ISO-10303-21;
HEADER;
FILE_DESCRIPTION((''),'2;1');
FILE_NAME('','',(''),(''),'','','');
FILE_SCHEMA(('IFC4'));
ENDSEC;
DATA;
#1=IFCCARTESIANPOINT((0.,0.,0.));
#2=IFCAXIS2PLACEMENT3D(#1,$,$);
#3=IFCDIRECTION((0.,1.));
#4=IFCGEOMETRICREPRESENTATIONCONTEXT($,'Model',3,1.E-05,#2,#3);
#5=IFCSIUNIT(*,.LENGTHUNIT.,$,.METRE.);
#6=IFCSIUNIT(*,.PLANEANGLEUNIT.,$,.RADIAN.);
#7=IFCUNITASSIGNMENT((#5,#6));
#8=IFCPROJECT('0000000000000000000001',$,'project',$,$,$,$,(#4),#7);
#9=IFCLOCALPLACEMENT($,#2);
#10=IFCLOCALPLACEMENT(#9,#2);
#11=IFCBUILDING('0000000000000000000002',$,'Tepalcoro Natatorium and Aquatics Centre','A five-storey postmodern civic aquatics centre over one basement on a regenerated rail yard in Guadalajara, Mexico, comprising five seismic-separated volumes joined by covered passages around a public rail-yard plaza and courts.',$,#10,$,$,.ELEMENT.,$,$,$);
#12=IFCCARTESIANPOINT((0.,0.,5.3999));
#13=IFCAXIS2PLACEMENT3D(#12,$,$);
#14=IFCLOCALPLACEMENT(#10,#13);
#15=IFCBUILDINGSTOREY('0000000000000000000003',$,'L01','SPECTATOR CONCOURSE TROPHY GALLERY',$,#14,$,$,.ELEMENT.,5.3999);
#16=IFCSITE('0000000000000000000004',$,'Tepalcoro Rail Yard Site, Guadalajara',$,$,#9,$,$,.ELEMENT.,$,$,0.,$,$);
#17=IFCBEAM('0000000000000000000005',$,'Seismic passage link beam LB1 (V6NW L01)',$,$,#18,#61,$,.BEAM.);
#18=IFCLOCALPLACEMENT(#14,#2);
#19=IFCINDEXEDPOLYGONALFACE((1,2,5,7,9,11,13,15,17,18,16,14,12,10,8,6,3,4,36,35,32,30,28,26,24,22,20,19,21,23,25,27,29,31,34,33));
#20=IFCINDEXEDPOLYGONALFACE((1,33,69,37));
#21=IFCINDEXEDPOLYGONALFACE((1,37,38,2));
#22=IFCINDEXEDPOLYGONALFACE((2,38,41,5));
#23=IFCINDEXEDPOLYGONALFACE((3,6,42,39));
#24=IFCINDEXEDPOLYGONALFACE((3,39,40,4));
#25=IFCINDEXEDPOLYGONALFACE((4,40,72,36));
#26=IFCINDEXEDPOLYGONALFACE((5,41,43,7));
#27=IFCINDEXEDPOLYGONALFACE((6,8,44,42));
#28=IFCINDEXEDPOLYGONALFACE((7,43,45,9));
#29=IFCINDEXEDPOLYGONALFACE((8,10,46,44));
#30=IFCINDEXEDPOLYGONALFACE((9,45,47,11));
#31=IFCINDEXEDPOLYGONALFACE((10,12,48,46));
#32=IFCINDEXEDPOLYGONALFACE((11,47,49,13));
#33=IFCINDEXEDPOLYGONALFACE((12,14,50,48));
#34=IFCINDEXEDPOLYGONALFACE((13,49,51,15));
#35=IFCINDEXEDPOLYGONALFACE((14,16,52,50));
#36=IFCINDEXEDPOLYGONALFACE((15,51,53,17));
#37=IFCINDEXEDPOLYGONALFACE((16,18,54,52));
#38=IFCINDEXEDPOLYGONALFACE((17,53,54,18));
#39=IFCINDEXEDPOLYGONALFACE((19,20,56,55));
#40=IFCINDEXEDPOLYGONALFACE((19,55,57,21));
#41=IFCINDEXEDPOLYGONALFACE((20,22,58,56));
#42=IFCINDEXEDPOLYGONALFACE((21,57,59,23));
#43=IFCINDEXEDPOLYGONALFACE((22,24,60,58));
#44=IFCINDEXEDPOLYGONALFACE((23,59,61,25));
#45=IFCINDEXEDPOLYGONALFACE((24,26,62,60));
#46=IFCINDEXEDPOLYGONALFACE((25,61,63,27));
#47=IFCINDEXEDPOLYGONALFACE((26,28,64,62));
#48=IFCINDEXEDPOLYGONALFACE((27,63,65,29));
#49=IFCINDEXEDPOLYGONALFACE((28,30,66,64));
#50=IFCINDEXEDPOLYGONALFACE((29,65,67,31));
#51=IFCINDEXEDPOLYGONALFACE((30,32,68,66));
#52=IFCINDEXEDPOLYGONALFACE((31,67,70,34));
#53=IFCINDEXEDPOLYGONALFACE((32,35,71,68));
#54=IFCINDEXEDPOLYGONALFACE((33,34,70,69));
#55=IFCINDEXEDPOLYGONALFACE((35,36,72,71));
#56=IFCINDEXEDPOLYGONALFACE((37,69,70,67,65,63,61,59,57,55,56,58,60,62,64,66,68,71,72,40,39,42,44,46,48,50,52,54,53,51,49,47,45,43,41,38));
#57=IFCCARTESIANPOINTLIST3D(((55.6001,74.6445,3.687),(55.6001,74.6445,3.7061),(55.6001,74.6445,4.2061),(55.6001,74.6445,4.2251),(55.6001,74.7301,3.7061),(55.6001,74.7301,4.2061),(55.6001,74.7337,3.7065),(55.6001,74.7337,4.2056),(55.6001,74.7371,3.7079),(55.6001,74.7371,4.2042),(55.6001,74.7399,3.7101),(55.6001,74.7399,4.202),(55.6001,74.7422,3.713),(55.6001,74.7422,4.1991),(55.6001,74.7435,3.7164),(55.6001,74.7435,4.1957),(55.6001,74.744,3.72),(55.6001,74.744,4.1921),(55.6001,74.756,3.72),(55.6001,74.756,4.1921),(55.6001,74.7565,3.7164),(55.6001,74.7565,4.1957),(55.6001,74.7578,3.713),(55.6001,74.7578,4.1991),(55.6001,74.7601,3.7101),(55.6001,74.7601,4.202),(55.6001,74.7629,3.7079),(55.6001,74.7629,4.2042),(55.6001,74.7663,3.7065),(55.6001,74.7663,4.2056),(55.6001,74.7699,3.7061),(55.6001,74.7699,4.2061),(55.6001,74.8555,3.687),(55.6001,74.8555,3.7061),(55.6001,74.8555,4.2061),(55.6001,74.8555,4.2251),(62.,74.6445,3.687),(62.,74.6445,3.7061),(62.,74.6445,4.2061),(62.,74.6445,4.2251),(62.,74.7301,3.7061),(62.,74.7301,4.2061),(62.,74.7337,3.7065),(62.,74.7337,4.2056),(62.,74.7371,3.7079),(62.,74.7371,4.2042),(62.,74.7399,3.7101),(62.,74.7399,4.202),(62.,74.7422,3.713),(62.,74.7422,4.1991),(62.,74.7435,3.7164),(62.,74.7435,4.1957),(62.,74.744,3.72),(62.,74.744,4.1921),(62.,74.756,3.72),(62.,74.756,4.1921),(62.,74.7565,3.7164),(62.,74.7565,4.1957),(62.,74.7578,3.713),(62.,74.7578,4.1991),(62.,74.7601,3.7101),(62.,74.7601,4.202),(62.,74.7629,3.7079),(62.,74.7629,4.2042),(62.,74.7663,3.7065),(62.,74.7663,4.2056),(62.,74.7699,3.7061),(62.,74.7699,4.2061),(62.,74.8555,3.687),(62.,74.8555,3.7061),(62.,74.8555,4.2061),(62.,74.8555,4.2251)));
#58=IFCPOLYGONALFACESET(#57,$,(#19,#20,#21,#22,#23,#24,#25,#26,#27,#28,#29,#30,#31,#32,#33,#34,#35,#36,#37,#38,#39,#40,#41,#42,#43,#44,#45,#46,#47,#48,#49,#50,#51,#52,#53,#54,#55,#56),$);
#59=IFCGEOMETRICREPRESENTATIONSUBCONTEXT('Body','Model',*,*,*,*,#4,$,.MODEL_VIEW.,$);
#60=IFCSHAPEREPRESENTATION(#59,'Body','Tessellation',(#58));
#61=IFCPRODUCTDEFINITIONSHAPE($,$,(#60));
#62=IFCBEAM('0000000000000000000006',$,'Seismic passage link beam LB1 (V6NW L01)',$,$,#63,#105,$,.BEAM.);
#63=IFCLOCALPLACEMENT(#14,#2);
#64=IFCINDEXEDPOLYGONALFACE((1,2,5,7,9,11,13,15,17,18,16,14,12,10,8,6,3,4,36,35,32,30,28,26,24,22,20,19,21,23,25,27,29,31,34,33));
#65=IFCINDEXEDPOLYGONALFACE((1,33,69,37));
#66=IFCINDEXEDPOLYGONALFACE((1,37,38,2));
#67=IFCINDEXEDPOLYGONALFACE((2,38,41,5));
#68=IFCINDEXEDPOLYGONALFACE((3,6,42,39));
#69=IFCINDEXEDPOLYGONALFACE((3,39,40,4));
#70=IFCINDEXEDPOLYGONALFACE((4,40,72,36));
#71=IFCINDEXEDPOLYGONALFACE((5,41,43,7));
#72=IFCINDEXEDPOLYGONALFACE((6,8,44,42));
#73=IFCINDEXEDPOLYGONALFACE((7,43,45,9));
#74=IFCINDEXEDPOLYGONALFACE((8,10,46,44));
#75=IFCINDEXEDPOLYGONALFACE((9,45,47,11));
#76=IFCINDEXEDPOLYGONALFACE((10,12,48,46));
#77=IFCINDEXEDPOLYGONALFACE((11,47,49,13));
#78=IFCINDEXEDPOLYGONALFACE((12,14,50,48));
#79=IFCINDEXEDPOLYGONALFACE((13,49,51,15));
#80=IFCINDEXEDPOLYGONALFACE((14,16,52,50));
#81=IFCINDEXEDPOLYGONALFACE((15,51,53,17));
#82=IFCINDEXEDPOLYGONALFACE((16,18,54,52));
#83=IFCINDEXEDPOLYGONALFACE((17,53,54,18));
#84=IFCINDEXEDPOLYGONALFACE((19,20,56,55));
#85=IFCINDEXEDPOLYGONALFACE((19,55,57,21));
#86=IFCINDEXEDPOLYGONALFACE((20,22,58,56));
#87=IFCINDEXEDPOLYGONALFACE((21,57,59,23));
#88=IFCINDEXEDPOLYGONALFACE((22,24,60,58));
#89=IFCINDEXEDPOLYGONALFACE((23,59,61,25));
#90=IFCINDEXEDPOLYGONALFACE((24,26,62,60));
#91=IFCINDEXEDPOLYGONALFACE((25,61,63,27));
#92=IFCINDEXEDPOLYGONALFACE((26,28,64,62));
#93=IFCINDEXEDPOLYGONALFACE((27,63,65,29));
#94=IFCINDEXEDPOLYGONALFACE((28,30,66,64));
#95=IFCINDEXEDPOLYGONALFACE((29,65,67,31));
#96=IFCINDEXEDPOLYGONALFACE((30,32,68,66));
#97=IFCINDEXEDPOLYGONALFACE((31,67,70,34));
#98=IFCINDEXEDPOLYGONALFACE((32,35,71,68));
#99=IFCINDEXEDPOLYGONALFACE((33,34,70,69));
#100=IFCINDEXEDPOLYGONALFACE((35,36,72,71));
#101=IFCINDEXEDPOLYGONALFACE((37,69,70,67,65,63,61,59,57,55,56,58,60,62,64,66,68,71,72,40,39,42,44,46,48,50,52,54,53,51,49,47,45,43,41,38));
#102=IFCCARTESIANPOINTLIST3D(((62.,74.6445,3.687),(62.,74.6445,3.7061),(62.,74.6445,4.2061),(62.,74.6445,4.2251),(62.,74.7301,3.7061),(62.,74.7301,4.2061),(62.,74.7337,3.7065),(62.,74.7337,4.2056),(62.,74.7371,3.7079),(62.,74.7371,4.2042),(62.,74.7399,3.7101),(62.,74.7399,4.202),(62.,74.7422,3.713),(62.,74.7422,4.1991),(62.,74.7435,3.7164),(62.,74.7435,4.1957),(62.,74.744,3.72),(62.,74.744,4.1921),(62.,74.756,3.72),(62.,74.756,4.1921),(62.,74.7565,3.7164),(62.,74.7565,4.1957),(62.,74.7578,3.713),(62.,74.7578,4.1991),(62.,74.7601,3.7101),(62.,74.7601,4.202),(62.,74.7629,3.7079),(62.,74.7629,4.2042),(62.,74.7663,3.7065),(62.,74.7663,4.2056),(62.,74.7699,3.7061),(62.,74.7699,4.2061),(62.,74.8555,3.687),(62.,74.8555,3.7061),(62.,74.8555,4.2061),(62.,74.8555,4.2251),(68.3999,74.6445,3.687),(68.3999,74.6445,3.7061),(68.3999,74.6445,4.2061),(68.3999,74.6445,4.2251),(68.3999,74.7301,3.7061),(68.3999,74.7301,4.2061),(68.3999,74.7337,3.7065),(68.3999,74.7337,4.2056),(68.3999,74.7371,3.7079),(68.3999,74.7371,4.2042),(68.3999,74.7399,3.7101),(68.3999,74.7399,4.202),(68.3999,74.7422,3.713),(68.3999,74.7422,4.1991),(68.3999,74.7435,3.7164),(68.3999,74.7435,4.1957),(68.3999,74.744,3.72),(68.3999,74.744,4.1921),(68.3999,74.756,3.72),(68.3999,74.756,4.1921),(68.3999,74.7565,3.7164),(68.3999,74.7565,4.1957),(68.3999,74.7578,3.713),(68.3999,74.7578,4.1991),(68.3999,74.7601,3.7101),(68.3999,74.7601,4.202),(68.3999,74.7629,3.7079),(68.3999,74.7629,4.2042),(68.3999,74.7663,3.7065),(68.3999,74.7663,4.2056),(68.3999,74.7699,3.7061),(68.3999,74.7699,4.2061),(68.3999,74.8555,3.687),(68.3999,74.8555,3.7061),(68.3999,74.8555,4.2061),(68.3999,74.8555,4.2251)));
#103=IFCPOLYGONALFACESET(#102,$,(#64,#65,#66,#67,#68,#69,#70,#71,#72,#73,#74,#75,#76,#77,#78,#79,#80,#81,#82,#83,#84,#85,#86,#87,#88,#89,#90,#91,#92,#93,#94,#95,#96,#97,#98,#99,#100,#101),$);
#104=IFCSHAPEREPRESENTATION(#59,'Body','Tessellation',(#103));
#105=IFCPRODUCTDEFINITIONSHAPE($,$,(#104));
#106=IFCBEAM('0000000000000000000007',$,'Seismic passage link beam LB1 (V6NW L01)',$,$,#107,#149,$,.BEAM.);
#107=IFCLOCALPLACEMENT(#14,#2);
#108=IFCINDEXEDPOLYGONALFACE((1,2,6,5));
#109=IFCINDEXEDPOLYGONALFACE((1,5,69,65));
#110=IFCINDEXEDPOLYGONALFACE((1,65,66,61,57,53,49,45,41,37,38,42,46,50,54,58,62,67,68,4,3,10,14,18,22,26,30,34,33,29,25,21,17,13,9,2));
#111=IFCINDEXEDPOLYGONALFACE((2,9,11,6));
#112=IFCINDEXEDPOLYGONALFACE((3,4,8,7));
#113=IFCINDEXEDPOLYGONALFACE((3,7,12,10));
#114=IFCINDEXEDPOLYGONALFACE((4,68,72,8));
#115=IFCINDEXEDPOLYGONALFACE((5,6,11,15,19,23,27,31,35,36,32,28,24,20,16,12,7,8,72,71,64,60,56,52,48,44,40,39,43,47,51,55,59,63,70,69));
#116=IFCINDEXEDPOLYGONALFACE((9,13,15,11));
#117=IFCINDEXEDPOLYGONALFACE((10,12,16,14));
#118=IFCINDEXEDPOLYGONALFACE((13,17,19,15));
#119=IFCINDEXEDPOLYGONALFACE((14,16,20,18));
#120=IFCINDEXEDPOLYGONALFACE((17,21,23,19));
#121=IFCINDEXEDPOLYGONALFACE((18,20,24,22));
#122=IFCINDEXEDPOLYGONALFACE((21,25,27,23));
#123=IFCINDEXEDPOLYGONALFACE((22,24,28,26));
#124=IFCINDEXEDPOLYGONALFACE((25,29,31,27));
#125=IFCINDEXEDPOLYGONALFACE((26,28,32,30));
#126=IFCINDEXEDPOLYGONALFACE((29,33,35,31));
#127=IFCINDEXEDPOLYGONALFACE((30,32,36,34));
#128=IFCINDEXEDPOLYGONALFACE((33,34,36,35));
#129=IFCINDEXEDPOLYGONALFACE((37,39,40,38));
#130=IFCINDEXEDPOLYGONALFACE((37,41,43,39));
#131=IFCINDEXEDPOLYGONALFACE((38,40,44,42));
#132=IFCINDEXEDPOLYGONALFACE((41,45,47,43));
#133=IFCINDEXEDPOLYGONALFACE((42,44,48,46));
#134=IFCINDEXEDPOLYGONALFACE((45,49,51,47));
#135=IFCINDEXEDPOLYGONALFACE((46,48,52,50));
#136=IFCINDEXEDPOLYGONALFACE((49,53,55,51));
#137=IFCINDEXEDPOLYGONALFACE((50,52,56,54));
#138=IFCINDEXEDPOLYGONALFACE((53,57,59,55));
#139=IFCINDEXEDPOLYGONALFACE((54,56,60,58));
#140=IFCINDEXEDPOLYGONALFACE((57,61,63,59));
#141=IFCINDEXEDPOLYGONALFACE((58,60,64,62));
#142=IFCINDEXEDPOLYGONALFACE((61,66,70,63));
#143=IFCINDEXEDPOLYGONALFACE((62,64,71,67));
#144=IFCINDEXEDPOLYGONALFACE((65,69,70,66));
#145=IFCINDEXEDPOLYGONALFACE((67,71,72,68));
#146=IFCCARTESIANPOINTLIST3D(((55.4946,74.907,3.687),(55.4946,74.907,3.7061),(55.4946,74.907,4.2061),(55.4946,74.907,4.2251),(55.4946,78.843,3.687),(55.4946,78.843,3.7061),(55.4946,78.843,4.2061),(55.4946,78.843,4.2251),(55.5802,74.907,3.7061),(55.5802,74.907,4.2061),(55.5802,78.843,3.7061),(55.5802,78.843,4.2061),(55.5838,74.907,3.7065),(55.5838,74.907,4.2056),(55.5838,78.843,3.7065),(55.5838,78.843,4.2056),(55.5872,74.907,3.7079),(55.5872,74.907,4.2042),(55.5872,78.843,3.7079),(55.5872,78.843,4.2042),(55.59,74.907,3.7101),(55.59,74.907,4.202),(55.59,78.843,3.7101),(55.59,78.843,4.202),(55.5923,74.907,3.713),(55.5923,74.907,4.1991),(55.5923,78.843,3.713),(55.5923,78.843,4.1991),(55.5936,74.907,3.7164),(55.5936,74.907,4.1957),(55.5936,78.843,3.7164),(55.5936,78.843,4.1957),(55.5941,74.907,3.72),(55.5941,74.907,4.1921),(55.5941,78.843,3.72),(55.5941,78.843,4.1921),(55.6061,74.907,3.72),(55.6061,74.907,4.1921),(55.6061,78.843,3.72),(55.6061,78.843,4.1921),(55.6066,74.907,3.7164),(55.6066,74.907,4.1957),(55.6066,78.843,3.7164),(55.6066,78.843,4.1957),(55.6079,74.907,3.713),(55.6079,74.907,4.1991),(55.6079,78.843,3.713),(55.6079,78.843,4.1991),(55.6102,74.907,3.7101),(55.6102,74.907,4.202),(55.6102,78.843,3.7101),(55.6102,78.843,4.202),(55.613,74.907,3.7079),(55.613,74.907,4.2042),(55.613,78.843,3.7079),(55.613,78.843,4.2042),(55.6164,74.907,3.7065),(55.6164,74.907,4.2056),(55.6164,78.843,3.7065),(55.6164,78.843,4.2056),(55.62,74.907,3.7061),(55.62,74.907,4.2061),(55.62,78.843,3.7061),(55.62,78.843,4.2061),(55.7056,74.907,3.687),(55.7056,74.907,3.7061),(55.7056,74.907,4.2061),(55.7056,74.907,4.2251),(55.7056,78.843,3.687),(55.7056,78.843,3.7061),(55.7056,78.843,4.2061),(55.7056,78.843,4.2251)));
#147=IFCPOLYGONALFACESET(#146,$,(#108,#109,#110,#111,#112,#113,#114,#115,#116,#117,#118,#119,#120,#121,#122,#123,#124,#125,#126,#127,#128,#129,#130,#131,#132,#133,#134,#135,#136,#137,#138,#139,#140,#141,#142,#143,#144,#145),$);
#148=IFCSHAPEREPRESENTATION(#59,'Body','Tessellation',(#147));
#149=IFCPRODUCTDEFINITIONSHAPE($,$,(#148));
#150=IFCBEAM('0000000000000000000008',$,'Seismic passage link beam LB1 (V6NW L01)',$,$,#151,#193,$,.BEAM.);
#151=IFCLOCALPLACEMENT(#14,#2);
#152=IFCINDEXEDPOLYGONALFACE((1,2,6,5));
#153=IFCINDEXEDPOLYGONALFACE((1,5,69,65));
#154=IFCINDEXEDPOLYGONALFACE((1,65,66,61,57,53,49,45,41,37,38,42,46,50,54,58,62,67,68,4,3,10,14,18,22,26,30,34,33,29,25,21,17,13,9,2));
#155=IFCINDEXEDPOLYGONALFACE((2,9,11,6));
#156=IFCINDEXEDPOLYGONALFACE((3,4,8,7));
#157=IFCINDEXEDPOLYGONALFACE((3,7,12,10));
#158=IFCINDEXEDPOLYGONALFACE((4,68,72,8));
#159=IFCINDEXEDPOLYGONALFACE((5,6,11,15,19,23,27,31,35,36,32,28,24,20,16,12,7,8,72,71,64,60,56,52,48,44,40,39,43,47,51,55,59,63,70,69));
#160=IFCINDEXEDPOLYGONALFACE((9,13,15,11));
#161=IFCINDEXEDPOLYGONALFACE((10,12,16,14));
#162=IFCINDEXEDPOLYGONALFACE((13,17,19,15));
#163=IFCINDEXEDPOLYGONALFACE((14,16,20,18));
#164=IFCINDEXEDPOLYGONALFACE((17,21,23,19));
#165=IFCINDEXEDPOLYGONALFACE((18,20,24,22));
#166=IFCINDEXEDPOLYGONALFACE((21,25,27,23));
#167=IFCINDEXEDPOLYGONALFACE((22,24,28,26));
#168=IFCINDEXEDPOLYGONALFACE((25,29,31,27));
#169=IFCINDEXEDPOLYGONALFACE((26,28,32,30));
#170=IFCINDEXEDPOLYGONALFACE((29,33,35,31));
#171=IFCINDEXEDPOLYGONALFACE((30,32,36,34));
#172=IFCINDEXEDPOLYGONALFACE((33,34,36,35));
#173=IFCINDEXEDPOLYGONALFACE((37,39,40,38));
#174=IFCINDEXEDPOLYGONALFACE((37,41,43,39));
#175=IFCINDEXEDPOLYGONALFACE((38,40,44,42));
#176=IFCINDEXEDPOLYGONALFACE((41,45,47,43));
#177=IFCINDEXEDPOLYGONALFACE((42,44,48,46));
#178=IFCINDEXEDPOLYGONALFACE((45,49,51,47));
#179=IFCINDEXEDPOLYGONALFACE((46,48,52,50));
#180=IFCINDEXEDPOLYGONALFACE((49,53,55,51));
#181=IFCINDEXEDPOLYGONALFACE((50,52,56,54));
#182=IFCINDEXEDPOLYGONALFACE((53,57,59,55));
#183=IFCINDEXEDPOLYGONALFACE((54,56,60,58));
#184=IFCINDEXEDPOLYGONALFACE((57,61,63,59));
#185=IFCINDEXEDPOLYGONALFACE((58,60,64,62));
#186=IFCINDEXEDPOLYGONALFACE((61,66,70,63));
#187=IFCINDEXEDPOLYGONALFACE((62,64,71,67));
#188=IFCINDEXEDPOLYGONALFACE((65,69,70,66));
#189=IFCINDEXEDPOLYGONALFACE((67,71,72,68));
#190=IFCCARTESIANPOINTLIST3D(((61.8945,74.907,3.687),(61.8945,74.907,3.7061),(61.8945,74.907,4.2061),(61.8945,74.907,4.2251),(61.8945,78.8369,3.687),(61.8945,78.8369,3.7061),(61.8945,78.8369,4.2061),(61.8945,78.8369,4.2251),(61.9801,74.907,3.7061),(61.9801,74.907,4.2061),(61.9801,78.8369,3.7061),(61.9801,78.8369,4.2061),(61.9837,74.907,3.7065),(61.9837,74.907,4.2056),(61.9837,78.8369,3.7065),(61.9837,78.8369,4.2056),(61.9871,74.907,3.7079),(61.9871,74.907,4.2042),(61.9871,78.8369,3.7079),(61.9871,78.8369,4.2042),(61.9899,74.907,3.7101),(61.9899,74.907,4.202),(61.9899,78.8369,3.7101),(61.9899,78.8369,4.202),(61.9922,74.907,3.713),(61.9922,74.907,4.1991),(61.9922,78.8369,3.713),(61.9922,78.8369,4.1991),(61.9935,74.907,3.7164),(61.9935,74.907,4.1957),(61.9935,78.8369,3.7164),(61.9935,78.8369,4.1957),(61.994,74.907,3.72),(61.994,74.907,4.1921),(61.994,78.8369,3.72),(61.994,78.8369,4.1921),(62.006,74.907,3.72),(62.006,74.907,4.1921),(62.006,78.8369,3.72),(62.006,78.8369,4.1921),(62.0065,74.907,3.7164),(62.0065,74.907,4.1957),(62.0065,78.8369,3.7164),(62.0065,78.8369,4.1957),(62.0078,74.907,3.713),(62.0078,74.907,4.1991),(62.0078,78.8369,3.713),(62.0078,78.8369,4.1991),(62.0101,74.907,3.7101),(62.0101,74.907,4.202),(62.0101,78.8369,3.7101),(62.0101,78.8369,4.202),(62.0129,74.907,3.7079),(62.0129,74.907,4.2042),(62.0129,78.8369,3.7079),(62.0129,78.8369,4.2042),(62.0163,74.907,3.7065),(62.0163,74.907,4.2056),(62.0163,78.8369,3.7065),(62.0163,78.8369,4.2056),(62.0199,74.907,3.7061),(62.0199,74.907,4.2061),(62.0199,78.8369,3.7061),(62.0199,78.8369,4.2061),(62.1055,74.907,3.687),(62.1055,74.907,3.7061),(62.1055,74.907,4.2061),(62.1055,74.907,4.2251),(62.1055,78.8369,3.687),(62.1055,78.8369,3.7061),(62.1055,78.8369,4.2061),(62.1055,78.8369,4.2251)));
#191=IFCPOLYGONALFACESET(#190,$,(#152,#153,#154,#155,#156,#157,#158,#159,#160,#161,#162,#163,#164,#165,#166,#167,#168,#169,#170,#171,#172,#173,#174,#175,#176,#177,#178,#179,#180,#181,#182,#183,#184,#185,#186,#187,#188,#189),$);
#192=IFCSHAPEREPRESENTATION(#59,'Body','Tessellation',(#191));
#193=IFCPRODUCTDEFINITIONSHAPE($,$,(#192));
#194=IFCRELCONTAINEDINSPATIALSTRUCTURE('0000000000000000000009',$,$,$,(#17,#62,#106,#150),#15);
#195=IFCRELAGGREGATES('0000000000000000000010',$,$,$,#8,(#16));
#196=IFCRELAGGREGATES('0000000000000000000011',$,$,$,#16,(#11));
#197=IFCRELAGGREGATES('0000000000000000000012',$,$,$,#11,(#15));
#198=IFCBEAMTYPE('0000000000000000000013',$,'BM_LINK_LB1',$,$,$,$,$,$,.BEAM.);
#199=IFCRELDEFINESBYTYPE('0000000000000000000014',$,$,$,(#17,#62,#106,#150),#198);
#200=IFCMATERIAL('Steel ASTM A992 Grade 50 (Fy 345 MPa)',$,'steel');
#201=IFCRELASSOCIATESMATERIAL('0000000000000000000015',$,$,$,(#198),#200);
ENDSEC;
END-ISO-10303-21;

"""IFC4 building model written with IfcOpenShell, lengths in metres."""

from ifc_helpers import new_model, si_unit, direction, frame, origin, origin_2d, place, context, subcontext, project, spatial, i_section, extrude, material, material_profile, profile_set, type_object, element, save


model = new_model("IFC4")

# Units and contexts
model_context = context("Model", 3, precision=1e-05, world=origin(), true_north=direction((0.0, 1.0)))
body_context = subcontext(model_context, "Body", "Model", "MODEL_VIEW")
ifc_project = project(units=[si_unit("LENGTHUNIT", "METRE"), si_unit("PLANEANGLEUNIT", "RADIAN")], contexts=[model_context])

# Site, building, storey
site_placement = place(None, origin())
site = spatial("IfcSite", under=ifc_project, at=site_placement, Name="Tepalcoro Rail Yard Site, Guadalajara", CompositionType="ELEMENT", RefElevation=0.0)
building_placement = place(site_placement, origin())
building = spatial("IfcBuilding", under=site, at=building_placement, Name="Tepalcoro Natatorium and Aquatics Centre", Description="A five-storey postmodern civic aquatics centre over one basement on a regenerated rail yard in Guadalajara, Mexico, comprising five seismic-separated volumes joined by covered passages around a public rail-yard plaza and courts.", CompositionType="ELEMENT")
storey_placement = place(building_placement, frame((0.0, 0.0, 5.3999)))
storey = spatial("IfcBuildingStorey", under=building, at=storey_placement, Name="L01", Description="SPECTATOR CONCOURSE TROPHY GALLERY", CompositionType="ELEMENT", Elevation=5.3999)

# Shared definitions
ifc_material_1 = material(Name="Steel ASTM A992 Grade 50 (Fy 345 MPa)", Category="steel")

# Beams
ifc_material_profile_1 = material_profile(ifc_material_1, i_section(OverallWidth=0.2109, OverallDepth=0.5381, WebThickness=0.012, FlangeThickness=0.019, FilletRadius=0.0139, at=origin_2d()), Name="W21X73")
ifc_profile_set_1 = profile_set([ifc_material_profile_1], Name="Steel ASTM A992 Grade 50 (Fy 345 MPa)")
beam_type_1 = type_object("IfcBeamType", Name="BM_LINK_LB1", PredefinedType="BEAM", material=ifc_profile_set_1)
for number, where, z_axis, x_axis, name in (
    (1, (55.6001, 74.75, 3.9561), (1.0, 0.0, 0.0), (0.0, 1.0, 0.0), "Seismic passage link beam LB1 (V6NW L01)"),
    (2, (62.0, 74.75, 3.9561), (1.0, 0.0, 0.0), (0.0, 1.0, 0.0), "Seismic passage link beam LB1 (V6NW L01)"),
):
    element("IfcBeam", number, at=place(storey_placement, frame(where, z_axis=z_axis, x_axis=x_axis)), inside=storey, type_object=beam_type_1, Name=name, PredefinedType="BEAM", context=body_context, shape_type="SweptSolid", body=[
        extrude(i_section(OverallWidth=0.2109, OverallDepth=0.5381, WebThickness=0.012, FlangeThickness=0.019, FilletRadius=0.0139, at=origin_2d()), origin(), (0.0, 0.0, 1.0), 6.3999),
    ])
beam_1_placement = place(storey_placement, frame((55.6001, 74.907, 3.9561), z_axis=(0.0, 1.0, 0.0), x_axis=(-1.0, 0.0, 0.0)))
element("IfcBeam", 3, at=beam_1_placement, inside=storey, type_object=beam_type_1, Name="Seismic passage link beam LB1 (V6NW L01)", PredefinedType="BEAM", context=body_context, shape_type="SweptSolid", body=[
    extrude(i_section(OverallWidth=0.2109, OverallDepth=0.5381, WebThickness=0.012, FlangeThickness=0.019, FilletRadius=0.0139, at=origin_2d()), origin(), (0.0, 0.0, 1.0), 3.936),
])
beam_2_placement = place(storey_placement, frame((62.0, 74.907, 3.9561), z_axis=(0.0, 1.0, 0.0), x_axis=(-1.0, 0.0, 0.0)))
element("IfcBeam", 4, at=beam_2_placement, inside=storey, type_object=beam_type_1, Name="Seismic passage link beam LB1 (V6NW L01)", PredefinedType="BEAM", context=body_context, shape_type="SweptSolid", body=[
    extrude(i_section(OverallWidth=0.2109, OverallDepth=0.5381, WebThickness=0.012, FlangeThickness=0.019, FilletRadius=0.0139, at=origin_2d()), origin(), (0.0, 0.0, 1.0), 3.9299),
])

save(model, "model.ifc")
